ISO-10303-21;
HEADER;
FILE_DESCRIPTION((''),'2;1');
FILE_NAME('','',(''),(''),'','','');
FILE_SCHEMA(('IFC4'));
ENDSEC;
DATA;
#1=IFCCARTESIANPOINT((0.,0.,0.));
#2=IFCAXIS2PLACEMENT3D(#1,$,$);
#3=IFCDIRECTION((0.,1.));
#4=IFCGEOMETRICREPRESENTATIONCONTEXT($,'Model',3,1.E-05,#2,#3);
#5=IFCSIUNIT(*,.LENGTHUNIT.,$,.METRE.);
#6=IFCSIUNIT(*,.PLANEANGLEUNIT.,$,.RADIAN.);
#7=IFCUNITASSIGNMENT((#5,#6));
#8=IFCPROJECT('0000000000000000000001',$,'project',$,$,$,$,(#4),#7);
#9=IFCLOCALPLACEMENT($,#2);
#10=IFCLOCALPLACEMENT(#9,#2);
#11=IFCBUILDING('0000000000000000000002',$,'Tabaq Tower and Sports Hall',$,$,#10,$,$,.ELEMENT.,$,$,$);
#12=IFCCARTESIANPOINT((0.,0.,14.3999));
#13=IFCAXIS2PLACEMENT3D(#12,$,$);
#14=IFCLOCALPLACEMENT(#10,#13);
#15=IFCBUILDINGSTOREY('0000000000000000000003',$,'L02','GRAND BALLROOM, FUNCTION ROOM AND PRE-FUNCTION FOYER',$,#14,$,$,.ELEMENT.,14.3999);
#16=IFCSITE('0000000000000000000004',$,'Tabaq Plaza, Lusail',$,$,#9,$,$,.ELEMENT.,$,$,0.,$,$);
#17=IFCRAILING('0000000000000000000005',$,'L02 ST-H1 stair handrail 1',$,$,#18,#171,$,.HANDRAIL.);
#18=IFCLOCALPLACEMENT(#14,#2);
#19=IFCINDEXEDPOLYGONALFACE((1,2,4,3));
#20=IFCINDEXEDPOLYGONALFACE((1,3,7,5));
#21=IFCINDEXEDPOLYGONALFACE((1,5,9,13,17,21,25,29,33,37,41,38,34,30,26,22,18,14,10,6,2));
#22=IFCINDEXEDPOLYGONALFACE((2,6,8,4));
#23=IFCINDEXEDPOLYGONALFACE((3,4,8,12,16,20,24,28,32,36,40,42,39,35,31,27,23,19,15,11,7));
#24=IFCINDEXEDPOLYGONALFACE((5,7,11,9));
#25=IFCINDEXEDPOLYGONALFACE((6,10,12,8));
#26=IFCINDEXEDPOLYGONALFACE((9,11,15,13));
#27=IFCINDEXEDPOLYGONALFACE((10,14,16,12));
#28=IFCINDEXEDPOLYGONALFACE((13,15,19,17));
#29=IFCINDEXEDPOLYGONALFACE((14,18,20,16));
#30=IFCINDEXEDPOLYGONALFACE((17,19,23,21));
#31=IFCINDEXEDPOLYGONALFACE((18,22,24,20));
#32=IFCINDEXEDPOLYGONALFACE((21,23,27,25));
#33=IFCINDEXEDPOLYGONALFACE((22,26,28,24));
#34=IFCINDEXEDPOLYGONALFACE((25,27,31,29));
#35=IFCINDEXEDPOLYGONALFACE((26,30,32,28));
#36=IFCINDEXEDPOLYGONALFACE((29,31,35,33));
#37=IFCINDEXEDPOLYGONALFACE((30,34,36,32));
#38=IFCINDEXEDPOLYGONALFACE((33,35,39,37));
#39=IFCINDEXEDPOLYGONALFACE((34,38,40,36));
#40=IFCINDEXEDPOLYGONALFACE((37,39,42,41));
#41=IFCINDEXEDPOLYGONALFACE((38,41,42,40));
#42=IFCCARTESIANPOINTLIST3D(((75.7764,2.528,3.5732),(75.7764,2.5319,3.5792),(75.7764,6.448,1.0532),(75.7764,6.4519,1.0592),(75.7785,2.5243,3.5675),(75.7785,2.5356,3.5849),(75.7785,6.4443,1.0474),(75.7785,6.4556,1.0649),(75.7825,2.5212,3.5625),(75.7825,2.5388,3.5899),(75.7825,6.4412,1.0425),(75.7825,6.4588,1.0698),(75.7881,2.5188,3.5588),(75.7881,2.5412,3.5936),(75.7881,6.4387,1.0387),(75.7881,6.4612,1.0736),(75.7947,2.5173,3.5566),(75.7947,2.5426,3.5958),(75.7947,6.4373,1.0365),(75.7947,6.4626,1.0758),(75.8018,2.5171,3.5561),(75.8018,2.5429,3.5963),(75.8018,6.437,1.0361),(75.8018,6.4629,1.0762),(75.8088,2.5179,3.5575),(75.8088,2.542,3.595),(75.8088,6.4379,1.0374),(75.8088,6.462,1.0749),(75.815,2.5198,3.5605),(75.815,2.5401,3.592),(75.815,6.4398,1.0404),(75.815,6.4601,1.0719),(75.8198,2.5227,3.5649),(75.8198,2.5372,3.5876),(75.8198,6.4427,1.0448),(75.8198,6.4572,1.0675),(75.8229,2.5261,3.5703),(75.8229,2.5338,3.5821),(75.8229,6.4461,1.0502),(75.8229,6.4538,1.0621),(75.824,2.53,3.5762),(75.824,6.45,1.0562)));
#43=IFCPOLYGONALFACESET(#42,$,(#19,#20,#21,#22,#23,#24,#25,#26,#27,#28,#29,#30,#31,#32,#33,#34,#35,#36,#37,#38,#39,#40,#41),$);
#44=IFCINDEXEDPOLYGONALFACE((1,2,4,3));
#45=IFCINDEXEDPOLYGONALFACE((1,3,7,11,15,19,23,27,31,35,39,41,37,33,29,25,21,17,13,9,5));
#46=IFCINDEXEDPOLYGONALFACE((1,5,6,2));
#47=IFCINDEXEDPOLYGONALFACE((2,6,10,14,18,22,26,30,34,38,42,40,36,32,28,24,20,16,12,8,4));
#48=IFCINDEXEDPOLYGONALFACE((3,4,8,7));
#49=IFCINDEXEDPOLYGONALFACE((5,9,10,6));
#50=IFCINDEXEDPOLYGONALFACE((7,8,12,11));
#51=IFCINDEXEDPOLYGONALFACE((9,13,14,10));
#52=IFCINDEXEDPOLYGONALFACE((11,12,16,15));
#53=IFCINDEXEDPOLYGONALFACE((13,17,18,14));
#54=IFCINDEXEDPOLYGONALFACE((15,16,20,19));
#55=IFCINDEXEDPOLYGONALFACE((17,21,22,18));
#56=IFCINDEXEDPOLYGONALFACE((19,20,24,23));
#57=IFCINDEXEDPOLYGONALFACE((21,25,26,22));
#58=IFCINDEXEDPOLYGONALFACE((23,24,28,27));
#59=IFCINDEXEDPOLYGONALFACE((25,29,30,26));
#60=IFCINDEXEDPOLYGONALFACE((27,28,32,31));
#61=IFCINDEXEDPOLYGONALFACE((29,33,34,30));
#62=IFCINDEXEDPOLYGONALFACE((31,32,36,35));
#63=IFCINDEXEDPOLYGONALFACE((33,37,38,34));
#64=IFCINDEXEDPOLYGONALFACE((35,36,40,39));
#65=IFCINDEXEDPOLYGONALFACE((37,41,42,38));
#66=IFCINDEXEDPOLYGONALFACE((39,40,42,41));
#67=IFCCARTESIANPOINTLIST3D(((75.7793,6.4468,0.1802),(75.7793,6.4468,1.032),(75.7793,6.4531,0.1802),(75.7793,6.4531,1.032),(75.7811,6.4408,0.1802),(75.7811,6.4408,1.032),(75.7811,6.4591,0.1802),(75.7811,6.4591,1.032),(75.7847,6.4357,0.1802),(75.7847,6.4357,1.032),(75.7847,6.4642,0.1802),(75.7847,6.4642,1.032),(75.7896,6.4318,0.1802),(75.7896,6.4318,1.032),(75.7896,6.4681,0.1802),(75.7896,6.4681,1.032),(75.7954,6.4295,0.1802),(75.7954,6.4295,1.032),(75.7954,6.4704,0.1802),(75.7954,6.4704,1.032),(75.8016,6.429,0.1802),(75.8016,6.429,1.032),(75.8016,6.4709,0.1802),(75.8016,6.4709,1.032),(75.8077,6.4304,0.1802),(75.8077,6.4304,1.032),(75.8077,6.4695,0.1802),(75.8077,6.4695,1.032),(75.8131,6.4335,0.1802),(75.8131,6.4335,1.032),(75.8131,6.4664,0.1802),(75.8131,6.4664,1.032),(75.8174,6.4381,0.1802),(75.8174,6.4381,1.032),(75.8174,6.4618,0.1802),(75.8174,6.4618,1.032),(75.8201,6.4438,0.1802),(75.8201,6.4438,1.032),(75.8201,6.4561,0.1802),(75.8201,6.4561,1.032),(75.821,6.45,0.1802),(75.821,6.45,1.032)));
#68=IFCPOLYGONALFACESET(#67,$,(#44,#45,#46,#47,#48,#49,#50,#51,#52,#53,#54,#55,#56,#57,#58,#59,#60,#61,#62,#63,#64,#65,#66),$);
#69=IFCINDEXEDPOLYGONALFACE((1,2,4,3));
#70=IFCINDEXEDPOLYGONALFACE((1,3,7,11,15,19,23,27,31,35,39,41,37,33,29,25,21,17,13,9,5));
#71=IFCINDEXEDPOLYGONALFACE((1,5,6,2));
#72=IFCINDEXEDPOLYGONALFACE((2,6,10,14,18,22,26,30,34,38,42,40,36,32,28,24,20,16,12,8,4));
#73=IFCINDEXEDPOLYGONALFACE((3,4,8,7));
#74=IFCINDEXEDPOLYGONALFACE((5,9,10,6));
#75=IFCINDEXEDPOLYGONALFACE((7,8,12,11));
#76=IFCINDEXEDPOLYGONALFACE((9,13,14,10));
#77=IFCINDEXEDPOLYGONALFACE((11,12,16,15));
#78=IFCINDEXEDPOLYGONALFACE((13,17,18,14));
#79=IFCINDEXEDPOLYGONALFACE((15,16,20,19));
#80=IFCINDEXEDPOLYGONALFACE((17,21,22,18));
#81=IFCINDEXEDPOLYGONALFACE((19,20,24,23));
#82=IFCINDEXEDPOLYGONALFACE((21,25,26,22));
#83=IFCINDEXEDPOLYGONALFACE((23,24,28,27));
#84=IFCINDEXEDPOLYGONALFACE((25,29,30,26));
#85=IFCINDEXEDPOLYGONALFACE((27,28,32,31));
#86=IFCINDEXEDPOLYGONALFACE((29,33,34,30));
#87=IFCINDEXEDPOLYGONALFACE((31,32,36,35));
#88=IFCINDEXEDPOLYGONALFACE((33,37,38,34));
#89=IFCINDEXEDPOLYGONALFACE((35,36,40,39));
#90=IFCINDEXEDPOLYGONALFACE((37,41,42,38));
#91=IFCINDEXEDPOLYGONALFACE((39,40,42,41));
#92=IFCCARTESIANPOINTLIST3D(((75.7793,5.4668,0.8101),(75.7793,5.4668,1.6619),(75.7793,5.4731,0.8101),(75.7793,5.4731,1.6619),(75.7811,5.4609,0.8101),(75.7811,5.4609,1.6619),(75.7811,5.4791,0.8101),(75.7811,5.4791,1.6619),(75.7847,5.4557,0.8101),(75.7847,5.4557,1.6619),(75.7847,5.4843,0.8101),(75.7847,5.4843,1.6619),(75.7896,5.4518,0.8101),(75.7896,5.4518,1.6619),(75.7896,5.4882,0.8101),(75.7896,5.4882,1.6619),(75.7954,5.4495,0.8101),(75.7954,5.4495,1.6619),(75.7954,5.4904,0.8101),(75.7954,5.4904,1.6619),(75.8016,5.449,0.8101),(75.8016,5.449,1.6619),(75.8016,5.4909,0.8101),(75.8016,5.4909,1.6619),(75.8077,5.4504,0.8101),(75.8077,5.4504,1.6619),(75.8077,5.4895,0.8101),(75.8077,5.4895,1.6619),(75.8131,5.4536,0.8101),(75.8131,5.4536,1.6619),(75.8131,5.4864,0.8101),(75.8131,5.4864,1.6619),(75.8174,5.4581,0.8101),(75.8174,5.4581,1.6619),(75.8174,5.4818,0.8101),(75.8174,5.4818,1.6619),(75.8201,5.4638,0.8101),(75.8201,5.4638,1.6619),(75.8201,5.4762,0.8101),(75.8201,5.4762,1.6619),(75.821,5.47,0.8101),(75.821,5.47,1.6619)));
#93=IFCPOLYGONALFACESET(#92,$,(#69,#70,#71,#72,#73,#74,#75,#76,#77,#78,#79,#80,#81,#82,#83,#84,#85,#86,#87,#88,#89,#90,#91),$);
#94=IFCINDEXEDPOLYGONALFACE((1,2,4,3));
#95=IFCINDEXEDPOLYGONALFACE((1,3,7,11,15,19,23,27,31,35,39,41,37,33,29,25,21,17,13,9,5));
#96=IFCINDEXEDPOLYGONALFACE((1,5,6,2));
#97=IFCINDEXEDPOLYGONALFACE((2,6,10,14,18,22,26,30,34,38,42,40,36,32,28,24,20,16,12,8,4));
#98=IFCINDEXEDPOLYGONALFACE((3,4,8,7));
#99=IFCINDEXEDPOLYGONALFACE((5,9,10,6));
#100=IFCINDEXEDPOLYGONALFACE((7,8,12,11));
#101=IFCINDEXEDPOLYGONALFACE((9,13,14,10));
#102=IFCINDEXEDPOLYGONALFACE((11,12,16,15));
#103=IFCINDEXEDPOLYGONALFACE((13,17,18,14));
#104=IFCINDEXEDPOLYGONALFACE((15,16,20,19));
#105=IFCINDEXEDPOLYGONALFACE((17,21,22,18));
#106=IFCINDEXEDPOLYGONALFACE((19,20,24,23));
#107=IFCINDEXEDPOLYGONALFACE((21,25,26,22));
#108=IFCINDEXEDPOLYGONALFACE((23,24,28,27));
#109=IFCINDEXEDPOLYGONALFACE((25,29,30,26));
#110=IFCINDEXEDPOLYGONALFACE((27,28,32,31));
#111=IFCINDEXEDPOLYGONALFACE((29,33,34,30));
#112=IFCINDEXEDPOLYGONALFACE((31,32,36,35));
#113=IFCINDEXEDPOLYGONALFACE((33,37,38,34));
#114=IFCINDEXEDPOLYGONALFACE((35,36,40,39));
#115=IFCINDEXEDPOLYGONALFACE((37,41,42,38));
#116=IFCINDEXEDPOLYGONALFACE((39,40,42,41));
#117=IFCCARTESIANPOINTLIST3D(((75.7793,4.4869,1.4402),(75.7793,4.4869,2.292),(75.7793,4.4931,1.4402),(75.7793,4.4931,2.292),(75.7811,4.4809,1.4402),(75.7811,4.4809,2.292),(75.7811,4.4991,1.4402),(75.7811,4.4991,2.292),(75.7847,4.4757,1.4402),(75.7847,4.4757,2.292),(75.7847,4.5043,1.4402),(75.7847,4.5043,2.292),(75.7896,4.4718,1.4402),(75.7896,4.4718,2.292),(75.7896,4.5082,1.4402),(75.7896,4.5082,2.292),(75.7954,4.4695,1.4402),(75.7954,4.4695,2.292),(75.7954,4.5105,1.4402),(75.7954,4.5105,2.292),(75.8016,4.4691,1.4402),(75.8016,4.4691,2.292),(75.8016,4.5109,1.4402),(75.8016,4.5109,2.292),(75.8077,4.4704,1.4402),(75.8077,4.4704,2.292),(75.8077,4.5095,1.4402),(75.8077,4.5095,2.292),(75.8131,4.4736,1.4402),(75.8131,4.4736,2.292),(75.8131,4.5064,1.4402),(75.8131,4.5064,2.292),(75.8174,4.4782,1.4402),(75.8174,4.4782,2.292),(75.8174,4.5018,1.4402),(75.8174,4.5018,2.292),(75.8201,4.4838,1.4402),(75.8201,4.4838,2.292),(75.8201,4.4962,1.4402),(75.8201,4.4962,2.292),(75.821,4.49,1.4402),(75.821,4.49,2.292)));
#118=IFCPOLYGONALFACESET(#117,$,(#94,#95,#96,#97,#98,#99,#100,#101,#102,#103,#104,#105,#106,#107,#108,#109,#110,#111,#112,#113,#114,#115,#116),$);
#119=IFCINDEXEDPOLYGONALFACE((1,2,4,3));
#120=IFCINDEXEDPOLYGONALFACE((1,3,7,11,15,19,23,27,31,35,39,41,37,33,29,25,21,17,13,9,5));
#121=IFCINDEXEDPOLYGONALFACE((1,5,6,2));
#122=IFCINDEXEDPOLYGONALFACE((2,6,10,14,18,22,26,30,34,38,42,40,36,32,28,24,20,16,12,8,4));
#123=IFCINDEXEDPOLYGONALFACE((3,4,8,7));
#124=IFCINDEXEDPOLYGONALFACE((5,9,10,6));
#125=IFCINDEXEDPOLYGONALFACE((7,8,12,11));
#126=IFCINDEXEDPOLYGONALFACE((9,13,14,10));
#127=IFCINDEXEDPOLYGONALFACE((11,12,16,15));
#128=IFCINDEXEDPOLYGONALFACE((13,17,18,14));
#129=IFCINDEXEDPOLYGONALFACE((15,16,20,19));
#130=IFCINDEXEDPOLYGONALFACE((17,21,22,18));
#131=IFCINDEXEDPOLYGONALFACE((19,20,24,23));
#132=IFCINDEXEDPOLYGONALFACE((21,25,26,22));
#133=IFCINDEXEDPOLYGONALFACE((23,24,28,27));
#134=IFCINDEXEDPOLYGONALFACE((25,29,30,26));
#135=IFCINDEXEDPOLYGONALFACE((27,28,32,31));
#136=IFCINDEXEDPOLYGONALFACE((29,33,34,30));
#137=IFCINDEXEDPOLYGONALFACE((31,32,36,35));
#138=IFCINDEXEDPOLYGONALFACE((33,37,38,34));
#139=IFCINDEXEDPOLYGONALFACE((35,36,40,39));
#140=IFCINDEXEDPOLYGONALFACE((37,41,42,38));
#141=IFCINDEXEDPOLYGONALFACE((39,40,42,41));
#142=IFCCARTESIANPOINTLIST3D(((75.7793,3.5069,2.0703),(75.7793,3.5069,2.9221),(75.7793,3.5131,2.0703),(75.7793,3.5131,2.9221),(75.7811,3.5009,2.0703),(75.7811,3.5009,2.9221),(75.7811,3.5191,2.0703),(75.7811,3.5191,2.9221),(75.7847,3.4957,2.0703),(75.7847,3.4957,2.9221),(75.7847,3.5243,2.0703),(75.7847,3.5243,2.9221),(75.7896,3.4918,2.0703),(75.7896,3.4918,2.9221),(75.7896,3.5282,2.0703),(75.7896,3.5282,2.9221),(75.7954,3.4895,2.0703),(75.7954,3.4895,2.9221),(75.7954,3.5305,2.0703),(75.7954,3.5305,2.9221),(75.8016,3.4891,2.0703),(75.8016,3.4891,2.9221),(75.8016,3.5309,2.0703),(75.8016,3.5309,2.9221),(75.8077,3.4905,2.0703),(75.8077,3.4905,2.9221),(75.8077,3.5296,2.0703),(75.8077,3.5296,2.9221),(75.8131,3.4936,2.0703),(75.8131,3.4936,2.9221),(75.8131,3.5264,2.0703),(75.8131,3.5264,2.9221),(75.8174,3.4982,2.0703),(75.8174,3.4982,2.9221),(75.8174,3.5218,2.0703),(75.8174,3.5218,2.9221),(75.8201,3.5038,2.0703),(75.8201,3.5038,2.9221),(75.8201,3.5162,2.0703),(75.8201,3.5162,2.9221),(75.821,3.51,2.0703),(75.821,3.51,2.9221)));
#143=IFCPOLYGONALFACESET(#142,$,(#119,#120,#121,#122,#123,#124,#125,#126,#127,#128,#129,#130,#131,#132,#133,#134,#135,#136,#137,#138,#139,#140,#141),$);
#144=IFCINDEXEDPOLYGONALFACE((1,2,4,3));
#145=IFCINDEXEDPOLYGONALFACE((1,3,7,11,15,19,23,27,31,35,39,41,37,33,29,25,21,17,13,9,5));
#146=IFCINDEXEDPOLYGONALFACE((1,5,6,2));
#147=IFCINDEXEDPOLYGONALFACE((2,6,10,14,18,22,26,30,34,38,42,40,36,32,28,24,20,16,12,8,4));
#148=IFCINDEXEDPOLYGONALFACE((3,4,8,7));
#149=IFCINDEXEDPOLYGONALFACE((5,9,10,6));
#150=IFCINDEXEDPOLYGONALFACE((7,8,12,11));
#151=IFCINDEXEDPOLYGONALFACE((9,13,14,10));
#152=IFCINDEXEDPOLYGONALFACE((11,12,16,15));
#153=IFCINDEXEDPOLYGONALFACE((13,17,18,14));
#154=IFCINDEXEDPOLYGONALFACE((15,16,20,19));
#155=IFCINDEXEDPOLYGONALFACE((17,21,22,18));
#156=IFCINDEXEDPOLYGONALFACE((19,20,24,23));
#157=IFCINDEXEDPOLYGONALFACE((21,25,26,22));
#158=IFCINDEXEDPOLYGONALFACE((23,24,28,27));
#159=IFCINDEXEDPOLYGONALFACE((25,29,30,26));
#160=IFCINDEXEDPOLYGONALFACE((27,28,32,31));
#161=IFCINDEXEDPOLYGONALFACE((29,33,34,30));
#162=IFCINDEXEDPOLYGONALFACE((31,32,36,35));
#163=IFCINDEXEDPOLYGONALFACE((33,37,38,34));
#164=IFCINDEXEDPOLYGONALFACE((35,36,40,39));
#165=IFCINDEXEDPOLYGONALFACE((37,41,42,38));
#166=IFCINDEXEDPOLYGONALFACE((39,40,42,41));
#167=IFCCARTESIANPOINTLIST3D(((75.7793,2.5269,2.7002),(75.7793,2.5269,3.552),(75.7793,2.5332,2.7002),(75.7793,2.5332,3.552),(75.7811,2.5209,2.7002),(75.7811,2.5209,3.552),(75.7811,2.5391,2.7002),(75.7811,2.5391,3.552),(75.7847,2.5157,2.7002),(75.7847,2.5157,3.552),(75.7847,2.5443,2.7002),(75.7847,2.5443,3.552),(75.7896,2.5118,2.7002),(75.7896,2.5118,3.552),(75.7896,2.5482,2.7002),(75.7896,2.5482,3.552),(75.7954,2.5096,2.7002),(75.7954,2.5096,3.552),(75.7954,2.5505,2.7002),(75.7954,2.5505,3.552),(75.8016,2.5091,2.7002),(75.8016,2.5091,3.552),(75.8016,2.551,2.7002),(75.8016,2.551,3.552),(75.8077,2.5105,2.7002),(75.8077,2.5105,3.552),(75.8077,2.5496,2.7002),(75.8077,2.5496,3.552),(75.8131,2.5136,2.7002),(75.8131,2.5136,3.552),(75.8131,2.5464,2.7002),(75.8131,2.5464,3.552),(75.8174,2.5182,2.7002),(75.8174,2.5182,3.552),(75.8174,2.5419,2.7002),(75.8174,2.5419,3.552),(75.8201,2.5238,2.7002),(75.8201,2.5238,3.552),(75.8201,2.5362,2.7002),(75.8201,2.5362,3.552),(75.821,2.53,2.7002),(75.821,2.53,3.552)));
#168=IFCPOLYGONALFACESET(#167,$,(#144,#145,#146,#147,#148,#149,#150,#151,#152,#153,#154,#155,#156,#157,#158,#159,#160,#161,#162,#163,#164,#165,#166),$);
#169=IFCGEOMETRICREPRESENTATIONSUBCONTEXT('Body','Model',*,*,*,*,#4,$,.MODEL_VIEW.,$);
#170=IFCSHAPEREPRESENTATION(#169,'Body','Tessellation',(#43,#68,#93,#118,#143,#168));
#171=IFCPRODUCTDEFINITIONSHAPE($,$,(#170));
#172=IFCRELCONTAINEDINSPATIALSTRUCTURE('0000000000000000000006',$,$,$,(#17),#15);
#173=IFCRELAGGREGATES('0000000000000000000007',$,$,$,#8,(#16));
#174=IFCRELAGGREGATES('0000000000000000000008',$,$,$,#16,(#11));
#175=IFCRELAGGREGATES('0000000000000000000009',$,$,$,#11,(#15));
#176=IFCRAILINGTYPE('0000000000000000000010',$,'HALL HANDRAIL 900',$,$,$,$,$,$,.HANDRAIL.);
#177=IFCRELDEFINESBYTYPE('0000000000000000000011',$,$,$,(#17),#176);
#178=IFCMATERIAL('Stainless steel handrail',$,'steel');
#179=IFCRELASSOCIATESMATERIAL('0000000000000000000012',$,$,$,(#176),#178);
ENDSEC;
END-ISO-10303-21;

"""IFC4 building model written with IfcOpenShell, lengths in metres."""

from ifc_helpers import new_model, si_unit, direction, frame, origin, origin_2d, place, context, subcontext, project, spatial, circle, extrude, material, type_object, element, save


model = new_model("IFC4")

# Units and contexts
model_context = context("Model", 3, precision=1e-05, world=origin(), true_north=direction((0.0, 1.0)))
body_context = subcontext(model_context, "Body", "Model", "MODEL_VIEW")
ifc_project = project(units=[si_unit("LENGTHUNIT", "METRE"), si_unit("PLANEANGLEUNIT", "RADIAN")], contexts=[model_context])

# Site, building, storey
site_placement = place(None, origin())
site = spatial("IfcSite", under=ifc_project, at=site_placement, Name="Tabaq Plaza, Lusail", CompositionType="ELEMENT", RefElevation=0.0)
building_placement = place(site_placement, origin())
building = spatial("IfcBuilding", under=site, at=building_placement, Name="Tabaq Tower and Sports Hall", CompositionType="ELEMENT")
storey_placement = place(building_placement, frame((0.0, 0.0, 14.3999)))
storey = spatial("IfcBuildingStorey", under=building, at=storey_placement, Name="L02", Description="GRAND BALLROOM, FUNCTION ROOM AND PRE-FUNCTION FOYER", CompositionType="ELEMENT", Elevation=14.3999)

# Railing
ifc_material_1 = material(Name="Stainless steel handrail", Category="steel")
railing_type_1 = type_object("IfcRailingType", Name="HALL HANDRAIL 900", PredefinedType="HANDRAIL", material=ifc_material_1)
railing_1_placement = place(storey_placement, frame((75.8, 6.45, 0.1802)))
element("IfcRailing", 1, at=railing_1_placement, inside=storey, type_object=railing_type_1, Name="L02 ST-H1 stair handrail 1", PredefinedType="HANDRAIL", context=body_context, shape_type="SweptSolid", body=[
    extrude(circle(Radius=0.0239, at=origin_2d()), frame((0.0, 0.0, 0.876), z_axis=(0.0, -0.841172, 0.540768), x_axis=(1.0, 0.0, 0.0)), (0.0, 0.0, 1.0), 4.6602),
    extrude(circle(Radius=0.021, at=origin_2d()), origin(), (0.0, 0.0, 1.0), 0.8518),
    extrude(circle(Radius=0.021, at=origin_2d()), frame((0.0, -0.98, 0.6299)), (0.0, 0.0, 1.0), 0.8518),
    extrude(circle(Radius=0.021, at=origin_2d()), frame((0.0, -1.96, 1.26)), (0.0, 0.0, 1.0), 0.8518),
    extrude(circle(Radius=0.021, at=origin_2d()), frame((0.0, -2.9399, 1.8901)), (0.0, 0.0, 1.0), 0.8518),
    extrude(circle(Radius=0.021, at=origin_2d()), frame((0.0, -3.9199, 2.52)), (0.0, 0.0, 1.0), 0.8518),
])

save(model, "model.ifc")
